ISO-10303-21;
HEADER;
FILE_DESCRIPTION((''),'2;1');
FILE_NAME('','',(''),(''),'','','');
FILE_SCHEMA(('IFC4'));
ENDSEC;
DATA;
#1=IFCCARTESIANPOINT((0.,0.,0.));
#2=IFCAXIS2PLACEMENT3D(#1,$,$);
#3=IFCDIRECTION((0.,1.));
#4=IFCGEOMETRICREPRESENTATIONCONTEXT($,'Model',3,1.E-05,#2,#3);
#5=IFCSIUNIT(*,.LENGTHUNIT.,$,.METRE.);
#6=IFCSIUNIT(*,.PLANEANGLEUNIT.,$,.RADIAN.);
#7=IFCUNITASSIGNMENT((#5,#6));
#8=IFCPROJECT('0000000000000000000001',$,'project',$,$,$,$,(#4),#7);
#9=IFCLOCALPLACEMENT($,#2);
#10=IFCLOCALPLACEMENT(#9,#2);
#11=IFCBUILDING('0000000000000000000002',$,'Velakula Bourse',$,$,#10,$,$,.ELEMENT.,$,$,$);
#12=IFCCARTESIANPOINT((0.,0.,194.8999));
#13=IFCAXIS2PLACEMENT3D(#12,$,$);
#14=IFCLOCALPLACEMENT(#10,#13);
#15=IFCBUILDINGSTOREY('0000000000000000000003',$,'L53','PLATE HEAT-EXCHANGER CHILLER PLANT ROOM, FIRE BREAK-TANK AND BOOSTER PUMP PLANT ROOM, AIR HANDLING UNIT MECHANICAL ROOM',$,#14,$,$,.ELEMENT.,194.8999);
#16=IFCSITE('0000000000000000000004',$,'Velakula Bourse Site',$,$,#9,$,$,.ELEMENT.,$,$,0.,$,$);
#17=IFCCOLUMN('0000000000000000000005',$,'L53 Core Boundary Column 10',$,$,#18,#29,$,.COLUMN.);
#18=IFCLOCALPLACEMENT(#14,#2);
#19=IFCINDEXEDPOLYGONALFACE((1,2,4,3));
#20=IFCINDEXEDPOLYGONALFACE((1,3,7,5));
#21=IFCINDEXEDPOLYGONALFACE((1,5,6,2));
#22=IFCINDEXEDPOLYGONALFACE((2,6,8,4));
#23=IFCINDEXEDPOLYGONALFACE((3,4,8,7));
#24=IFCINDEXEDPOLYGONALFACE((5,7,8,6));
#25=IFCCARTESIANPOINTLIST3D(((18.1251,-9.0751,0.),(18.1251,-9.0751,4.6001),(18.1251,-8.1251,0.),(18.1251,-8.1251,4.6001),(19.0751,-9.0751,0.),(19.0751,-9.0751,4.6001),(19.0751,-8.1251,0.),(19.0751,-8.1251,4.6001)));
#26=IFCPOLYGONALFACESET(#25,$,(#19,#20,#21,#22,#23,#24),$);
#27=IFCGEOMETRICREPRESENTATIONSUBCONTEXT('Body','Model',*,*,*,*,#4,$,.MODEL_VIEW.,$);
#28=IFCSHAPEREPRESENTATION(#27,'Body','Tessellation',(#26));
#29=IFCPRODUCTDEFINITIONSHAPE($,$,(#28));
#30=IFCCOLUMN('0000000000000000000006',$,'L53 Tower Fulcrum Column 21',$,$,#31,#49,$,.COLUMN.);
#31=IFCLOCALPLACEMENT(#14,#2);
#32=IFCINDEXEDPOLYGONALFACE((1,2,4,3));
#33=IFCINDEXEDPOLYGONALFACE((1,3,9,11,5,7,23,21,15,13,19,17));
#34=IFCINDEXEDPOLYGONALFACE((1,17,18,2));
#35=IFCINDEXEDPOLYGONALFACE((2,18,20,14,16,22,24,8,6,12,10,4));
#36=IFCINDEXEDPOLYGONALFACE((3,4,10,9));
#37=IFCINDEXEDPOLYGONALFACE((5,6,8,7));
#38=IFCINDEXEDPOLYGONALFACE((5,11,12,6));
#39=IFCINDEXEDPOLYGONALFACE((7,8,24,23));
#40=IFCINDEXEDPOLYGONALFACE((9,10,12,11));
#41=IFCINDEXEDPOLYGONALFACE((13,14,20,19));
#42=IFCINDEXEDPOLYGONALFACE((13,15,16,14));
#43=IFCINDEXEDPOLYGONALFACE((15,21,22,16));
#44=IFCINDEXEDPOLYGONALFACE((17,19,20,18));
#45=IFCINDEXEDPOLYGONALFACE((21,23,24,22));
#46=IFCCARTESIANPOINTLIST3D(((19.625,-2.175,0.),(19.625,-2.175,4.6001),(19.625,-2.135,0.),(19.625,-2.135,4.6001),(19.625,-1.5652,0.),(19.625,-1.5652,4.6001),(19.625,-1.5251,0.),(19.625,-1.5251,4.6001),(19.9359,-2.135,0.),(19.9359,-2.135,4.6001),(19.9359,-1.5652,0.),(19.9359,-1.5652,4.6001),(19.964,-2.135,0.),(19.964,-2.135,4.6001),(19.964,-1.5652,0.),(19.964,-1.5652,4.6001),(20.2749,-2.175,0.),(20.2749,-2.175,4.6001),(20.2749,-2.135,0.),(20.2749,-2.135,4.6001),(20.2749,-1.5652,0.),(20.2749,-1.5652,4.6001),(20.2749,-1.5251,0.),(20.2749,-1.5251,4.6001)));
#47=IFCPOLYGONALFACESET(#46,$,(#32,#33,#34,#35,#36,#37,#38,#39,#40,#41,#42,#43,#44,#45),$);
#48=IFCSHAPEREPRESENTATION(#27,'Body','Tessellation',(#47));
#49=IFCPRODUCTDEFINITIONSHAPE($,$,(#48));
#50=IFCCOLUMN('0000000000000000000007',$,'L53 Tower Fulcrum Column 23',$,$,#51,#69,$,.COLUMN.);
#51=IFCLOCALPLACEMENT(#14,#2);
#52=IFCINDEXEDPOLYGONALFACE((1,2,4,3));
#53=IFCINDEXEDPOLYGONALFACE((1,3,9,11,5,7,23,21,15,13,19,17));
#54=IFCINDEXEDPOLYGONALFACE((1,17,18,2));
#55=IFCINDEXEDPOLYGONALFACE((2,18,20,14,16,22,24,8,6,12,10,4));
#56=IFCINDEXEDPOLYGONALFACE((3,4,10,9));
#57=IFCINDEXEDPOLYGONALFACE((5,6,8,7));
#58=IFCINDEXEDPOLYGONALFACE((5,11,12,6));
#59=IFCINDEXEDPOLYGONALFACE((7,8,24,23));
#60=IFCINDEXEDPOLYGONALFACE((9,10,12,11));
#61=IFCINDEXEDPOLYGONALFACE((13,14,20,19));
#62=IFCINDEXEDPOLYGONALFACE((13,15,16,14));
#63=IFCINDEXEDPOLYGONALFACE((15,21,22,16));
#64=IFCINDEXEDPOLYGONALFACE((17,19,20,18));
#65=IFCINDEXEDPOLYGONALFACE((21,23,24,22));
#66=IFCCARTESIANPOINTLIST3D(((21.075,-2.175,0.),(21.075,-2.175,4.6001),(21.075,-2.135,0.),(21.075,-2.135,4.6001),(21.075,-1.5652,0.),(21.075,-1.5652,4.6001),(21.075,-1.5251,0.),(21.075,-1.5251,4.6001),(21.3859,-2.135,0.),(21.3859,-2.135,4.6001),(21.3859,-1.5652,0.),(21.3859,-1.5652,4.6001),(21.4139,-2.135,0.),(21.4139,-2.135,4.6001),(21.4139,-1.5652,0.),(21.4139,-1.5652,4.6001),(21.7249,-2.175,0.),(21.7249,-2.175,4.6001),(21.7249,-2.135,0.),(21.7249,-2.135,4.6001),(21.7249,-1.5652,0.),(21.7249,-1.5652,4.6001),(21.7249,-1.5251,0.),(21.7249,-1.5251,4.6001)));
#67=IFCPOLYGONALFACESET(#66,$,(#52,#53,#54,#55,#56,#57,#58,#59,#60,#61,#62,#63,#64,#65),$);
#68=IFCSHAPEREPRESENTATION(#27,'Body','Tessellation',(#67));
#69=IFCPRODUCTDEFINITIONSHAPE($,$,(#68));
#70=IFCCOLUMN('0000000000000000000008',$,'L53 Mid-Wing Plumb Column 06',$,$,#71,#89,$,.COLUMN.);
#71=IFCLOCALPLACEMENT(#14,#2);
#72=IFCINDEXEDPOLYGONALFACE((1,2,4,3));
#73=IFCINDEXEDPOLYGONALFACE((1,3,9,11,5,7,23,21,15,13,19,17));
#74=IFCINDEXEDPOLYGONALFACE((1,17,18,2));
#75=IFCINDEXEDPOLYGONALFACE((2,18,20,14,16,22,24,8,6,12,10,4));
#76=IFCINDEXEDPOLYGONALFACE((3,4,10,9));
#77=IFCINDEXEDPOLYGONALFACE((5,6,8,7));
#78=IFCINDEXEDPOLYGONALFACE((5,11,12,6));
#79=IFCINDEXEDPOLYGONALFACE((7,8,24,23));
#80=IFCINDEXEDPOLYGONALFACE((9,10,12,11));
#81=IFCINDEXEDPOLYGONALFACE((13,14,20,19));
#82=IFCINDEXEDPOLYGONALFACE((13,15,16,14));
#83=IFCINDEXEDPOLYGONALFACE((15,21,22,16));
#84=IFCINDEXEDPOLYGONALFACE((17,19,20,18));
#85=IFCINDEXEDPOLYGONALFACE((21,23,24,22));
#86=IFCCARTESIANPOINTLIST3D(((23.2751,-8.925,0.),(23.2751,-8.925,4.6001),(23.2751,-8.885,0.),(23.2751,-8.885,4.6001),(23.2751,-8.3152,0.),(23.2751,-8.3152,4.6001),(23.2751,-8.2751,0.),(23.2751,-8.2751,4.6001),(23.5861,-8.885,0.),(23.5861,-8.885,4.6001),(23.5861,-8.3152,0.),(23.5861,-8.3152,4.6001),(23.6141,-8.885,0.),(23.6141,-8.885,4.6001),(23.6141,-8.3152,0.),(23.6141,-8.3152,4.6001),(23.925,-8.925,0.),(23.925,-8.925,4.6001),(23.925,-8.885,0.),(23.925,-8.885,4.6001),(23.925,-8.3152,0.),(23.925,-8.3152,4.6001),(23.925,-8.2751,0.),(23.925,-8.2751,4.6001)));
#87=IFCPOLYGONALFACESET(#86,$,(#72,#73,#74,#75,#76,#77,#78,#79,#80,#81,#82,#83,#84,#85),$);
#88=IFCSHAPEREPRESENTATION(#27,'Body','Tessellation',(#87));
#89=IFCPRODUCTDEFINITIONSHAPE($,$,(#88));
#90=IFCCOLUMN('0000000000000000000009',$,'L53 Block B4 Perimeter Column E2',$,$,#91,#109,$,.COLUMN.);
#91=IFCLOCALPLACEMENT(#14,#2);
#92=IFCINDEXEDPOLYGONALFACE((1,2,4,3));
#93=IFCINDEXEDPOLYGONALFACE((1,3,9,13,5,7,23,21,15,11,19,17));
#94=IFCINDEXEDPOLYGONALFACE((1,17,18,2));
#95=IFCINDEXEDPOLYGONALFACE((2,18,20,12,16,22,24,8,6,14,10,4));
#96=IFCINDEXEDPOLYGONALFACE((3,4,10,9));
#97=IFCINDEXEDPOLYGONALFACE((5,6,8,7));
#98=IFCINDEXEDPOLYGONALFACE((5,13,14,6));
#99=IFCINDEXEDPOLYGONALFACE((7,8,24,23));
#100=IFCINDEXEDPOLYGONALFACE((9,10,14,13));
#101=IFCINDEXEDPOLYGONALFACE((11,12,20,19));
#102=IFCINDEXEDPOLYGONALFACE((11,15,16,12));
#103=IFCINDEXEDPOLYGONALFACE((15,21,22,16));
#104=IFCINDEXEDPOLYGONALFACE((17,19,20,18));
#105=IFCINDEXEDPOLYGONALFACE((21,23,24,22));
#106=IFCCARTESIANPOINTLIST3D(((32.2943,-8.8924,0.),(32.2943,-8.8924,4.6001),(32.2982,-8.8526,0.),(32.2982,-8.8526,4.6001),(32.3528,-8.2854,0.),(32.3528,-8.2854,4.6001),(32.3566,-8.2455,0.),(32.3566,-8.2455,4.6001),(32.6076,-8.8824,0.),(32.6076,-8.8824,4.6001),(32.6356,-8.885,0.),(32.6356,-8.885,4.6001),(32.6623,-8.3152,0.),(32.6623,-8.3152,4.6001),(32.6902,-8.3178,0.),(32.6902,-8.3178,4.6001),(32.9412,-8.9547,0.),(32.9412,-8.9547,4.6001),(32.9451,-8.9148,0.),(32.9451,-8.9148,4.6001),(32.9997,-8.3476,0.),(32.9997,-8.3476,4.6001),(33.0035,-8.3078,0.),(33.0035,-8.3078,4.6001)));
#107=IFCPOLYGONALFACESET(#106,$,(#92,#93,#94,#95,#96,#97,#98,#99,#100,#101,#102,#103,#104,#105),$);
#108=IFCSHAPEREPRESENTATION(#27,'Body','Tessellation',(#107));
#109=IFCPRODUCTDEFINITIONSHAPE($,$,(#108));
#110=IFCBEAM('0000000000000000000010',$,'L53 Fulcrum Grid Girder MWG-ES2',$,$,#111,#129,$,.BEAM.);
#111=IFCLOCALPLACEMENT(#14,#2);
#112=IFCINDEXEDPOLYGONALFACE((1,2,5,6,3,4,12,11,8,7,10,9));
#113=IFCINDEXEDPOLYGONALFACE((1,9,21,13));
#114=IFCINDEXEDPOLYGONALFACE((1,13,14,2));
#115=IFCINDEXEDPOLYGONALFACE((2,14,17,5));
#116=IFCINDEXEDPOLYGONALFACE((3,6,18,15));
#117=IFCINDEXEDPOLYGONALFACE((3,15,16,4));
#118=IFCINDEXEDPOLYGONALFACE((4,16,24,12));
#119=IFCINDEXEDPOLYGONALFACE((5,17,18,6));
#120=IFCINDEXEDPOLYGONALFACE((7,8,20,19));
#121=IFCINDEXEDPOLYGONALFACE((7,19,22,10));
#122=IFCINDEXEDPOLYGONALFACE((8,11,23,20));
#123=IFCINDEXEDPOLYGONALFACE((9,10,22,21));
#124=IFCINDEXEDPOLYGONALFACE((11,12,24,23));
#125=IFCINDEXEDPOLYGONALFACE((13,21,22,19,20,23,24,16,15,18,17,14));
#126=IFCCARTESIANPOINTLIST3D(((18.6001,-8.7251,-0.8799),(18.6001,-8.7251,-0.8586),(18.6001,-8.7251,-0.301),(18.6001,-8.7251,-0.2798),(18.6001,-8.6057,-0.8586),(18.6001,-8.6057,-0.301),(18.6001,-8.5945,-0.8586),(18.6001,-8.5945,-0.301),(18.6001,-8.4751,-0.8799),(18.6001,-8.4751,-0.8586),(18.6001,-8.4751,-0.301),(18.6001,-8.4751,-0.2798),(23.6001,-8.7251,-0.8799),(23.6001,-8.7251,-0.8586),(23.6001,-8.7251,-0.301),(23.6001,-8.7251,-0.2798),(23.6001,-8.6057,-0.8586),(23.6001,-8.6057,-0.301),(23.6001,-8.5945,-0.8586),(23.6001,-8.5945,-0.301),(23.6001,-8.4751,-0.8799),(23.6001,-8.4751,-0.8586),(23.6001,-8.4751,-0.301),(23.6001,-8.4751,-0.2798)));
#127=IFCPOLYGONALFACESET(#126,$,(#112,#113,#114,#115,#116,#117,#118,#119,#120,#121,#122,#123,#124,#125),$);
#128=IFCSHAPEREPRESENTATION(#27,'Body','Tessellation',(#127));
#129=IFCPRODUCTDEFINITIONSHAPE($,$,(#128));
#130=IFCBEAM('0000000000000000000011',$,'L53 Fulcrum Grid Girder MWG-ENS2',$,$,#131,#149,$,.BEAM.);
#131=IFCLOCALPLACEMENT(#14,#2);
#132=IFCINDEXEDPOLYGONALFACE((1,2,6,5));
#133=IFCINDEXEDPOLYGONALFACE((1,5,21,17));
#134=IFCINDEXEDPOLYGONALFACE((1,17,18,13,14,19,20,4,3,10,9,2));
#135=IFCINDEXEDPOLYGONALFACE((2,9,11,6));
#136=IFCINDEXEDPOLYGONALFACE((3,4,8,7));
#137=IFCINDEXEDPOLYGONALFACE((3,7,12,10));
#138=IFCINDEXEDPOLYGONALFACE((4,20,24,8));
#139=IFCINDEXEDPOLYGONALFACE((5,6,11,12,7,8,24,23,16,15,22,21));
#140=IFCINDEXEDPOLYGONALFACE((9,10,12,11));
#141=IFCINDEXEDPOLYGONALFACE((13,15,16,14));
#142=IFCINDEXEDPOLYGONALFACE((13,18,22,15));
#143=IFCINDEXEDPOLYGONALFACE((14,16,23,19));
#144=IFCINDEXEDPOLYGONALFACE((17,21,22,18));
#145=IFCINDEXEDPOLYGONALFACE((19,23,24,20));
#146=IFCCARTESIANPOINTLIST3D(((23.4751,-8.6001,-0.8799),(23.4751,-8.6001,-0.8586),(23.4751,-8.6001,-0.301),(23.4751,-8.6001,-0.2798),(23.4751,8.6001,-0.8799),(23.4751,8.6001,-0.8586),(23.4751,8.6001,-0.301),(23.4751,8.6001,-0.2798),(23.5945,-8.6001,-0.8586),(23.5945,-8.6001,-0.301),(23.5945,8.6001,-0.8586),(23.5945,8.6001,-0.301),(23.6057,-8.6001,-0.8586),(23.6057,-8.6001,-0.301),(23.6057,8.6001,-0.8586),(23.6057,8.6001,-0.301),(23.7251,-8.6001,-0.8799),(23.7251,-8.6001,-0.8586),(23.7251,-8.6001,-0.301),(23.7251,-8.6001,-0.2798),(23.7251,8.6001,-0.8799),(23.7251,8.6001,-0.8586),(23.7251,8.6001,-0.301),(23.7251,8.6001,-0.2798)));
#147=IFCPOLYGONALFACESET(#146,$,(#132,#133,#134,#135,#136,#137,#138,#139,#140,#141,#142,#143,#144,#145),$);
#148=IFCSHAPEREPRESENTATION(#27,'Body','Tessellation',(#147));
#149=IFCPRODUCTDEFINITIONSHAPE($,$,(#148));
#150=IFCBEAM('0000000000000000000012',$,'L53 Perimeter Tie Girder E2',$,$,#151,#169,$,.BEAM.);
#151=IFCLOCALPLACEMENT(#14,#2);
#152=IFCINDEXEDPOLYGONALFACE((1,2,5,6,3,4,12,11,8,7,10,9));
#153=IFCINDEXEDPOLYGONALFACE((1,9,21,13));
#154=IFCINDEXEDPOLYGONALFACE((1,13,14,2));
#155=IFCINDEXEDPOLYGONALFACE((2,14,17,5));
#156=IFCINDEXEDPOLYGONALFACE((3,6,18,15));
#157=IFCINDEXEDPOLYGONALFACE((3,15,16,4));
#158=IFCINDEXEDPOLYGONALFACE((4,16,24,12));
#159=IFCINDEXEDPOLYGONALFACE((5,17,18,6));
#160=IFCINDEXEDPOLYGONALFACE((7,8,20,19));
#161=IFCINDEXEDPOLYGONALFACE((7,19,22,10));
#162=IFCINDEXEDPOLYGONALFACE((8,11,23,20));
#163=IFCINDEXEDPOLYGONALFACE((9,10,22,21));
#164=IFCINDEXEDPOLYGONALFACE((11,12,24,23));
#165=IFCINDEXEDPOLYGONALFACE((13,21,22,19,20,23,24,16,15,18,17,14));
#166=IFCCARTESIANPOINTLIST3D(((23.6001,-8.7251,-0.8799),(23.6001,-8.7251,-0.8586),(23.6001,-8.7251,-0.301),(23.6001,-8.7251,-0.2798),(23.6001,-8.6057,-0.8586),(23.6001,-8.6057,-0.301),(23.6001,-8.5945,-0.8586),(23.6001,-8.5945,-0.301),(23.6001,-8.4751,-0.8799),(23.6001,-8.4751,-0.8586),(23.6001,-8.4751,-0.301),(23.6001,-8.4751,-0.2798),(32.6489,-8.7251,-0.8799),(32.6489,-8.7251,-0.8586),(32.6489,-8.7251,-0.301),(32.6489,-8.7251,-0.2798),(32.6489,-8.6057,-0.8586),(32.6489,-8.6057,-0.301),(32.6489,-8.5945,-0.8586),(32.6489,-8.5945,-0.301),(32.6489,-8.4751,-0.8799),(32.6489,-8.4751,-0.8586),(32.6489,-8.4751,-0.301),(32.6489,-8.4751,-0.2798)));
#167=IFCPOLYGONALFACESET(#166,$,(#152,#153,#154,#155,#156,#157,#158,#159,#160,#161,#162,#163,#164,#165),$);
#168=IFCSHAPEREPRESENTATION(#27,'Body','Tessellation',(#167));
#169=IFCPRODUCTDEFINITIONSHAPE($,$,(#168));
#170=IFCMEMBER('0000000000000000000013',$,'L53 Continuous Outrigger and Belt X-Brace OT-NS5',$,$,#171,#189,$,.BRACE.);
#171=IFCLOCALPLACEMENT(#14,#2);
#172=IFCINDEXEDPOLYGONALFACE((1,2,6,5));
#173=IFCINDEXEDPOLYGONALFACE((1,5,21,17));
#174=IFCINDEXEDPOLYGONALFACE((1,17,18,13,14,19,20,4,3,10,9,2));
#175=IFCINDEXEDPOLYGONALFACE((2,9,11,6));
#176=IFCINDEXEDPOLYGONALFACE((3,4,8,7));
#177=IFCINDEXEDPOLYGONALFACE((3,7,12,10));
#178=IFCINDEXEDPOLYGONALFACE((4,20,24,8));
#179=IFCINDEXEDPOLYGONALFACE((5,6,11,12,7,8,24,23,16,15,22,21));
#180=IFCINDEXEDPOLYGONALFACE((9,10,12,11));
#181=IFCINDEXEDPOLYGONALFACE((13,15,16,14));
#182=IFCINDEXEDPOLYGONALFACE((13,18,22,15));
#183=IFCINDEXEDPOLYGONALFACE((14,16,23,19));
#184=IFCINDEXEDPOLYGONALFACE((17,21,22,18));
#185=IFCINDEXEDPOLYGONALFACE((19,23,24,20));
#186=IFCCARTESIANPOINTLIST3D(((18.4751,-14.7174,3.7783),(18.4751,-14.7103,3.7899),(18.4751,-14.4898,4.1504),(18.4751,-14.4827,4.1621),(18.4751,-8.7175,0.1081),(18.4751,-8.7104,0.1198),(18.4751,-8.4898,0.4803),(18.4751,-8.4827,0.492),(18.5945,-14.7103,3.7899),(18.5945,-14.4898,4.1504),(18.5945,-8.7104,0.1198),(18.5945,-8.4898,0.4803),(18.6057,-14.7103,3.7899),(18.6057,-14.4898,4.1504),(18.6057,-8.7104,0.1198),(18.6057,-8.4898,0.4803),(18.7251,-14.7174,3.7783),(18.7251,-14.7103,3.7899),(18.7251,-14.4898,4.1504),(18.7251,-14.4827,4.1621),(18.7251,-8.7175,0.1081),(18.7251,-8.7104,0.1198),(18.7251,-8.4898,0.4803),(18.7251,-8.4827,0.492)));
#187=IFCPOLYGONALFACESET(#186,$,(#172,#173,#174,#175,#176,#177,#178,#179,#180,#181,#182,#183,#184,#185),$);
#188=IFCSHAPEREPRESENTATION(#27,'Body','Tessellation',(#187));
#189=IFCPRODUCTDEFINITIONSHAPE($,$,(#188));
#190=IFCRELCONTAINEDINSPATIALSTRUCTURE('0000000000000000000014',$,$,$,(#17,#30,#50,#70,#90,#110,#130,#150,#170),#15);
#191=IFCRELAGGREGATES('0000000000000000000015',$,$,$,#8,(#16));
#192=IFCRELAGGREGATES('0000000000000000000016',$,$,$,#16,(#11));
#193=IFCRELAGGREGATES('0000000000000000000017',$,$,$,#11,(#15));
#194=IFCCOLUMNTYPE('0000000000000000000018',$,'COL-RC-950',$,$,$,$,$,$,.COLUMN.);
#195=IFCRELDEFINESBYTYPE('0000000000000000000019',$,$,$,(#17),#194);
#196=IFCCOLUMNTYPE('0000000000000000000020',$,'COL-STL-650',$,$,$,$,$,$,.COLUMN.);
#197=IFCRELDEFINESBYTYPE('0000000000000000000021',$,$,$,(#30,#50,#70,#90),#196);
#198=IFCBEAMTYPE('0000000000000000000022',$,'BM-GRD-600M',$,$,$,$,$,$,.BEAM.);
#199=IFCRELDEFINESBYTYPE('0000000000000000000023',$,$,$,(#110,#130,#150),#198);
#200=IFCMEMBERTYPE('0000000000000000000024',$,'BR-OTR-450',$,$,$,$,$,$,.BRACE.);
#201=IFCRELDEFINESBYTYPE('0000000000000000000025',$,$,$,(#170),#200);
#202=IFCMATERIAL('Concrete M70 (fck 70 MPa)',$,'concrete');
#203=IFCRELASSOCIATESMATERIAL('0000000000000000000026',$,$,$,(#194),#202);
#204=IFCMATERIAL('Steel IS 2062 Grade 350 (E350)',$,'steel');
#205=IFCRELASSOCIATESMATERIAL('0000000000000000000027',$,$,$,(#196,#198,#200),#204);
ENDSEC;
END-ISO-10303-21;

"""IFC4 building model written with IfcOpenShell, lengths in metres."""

from ifc_helpers import new_model, si_unit, direction, frame, origin, origin_2d, place, context, subcontext, project, spatial, rectangle, i_section, extrude, material, material_profile, profile_set, type_object, element, save


model = new_model("IFC4")

# Units and contexts
model_context = context("Model", 3, precision=1e-05, world=origin(), true_north=direction((0.0, 1.0)))
body_context = subcontext(model_context, "Body", "Model", "MODEL_VIEW")
ifc_project = project(units=[si_unit("LENGTHUNIT", "METRE"), si_unit("PLANEANGLEUNIT", "RADIAN")], contexts=[model_context])

# Site, building, storey
site_placement = place(None, origin())
site = spatial("IfcSite", under=ifc_project, at=site_placement, Name="Velakula Bourse Site", CompositionType="ELEMENT", RefElevation=0.0)
building_placement = place(site_placement, origin())
building = spatial("IfcBuilding", under=site, at=building_placement, Name="Velakula Bourse", CompositionType="ELEMENT")
storey_placement = place(building_placement, frame((0.0, 0.0, 194.8999)))
storey = spatial("IfcBuildingStorey", under=building, at=storey_placement, Name="L53", Description="PLATE HEAT-EXCHANGER CHILLER PLANT ROOM, FIRE BREAK-TANK AND BOOSTER PUMP PLANT ROOM, AIR HANDLING UNIT MECHANICAL ROOM", CompositionType="ELEMENT", Elevation=194.8999)

# Columns
ifc_material_1 = material(Name="Concrete M70 (fck 70 MPa)", Category="concrete")
ifc_material_profile_1 = material_profile(ifc_material_1, rectangle(XDim=0.95, YDim=0.95, at=origin_2d()), Name="Concrete M70 (fck 70 MPa)")
ifc_profile_set_1 = profile_set([ifc_material_profile_1], Name="Concrete M70 (fck 70 MPa)")
column_type_1 = type_object("IfcColumnType", Name="COL-RC-950", PredefinedType="COLUMN", material=ifc_profile_set_1)
column_placement = place(storey_placement, frame((18.6001, -8.6001, 0.0), z_axis=(0.0, 0.0, 1.0), x_axis=(1.0, 0.0, 0.0)))
element("IfcColumn", 1, at=column_placement, inside=storey, type_object=column_type_1, Name="L53 Core Boundary Column 10", PredefinedType="COLUMN", context=body_context, shape_type="SweptSolid", body=[
    extrude(rectangle(XDim=0.95, YDim=0.95, at=origin_2d()), origin(), (0.0, 0.0, 1.0), 4.6001),
])
ifc_material_2 = material(Name="Steel IS 2062 Grade 350 (E350)", Category="steel")
ifc_material_profile_2 = material_profile(ifc_material_2, i_section(OverallWidth=0.6499, OverallDepth=0.6499, WebThickness=0.0281, FlangeThickness=0.04, at=origin_2d()), Name="Steel IS 2062 Grade 350 (E350)")
ifc_profile_set_2 = profile_set([ifc_material_profile_2], Name="Steel IS 2062 Grade 350 (E350)")
column_type_2 = type_object("IfcColumnType", Name="COL-STL-650", PredefinedType="COLUMN", material=ifc_profile_set_2)
for number, where, z_axis, x_axis, name in (
    (2, (19.95, -1.8501, 0.0), (0.0, 0.0, 1.0), (1.0, 0.0, 0.0), "L53 Tower Fulcrum Column 21"),
    (3, (21.3999, -1.8501, 0.0), (0.0, 0.0, 1.0), (1.0, 0.0, 0.0), "L53 Tower Fulcrum Column 23"),
    (4, (23.6001, -8.6001, 0.0), (0.0, 0.0, 1.0), (1.0, 0.0, 0.0), "L53 Mid-Wing Plumb Column 06"),
    (5, (32.6489, -8.6001, 0.0), (0.0, 0.0, 1.0), (0.995396, -0.095846, 0.0), "L53 Block B4 Perimeter Column E2"),
):
    element("IfcColumn", number, at=place(storey_placement, frame(where, z_axis=z_axis, x_axis=x_axis)), inside=storey, type_object=column_type_2, Name=name, PredefinedType="COLUMN", context=body_context, shape_type="SweptSolid", body=[
        extrude(i_section(OverallWidth=0.6499, OverallDepth=0.6499, WebThickness=0.0281, FlangeThickness=0.04, at=origin_2d()), origin(), (0.0, 0.0, 1.0), 4.6001),
    ])

# Beams
ifc_material_profile_3 = material_profile(ifc_material_2, i_section(OverallWidth=0.25, OverallDepth=0.6001, WebThickness=0.0112, FlangeThickness=0.0212, at=origin_2d()), Name="Steel IS 2062 Grade 350 (E350)")
ifc_profile_set_3 = profile_set([ifc_material_profile_3], Name="Steel IS 2062 Grade 350 (E350)")
beam_type_1 = type_object("IfcBeamType", Name="BM-GRD-600M", PredefinedType="BEAM", material=ifc_profile_set_3)
beam_1_placement = place(storey_placement, frame((18.6001, -8.6001, -0.5798), z_axis=(1.0, 0.0, 0.0), x_axis=(0.0, 1.0, 0.0)))
element("IfcBeam", 6, at=beam_1_placement, inside=storey, type_object=beam_type_1, Name="L53 Fulcrum Grid Girder MWG-ES2", PredefinedType="BEAM", context=body_context, shape_type="SweptSolid", body=[
    extrude(i_section(OverallWidth=0.25, OverallDepth=0.6001, WebThickness=0.0112, FlangeThickness=0.0212, at=origin_2d()), origin(), (0.0, 0.0, 1.0), 5.0),
])
beam_2_placement = place(storey_placement, frame((23.6001, -8.6001, -0.5798), z_axis=(0.0, 1.0, 0.0), x_axis=(-1.0, 0.0, 0.0)))
element("IfcBeam", 7, at=beam_2_placement, inside=storey, type_object=beam_type_1, Name="L53 Fulcrum Grid Girder MWG-ENS2", PredefinedType="BEAM", context=body_context, shape_type="SweptSolid", body=[
    extrude(i_section(OverallWidth=0.25, OverallDepth=0.6001, WebThickness=0.0112, FlangeThickness=0.0212, at=origin_2d()), origin(), (0.0, 0.0, 1.0), 17.2002),
])
beam_3_placement = place(storey_placement, frame((23.6001, -8.6001, -0.5798), z_axis=(1.0, 0.0, 0.0), x_axis=(0.0, 1.0, 0.0)))
element("IfcBeam", 8, at=beam_3_placement, inside=storey, type_object=beam_type_1, Name="L53 Perimeter Tie Girder E2", PredefinedType="BEAM", context=body_context, shape_type="SweptSolid", body=[
    extrude(i_section(OverallWidth=0.25, OverallDepth=0.6001, WebThickness=0.0112, FlangeThickness=0.0212, at=origin_2d()), origin(), (0.0, 0.0, 1.0), 9.0488),
])

# Member
ifc_material_profile_4 = material_profile(ifc_material_2, i_section(OverallWidth=0.25, OverallDepth=0.45, WebThickness=0.0112, FlangeThickness=0.0137, at=origin_2d()), Name="Steel IS 2062 Grade 350 (E350)")
ifc_profile_set_4 = profile_set([ifc_material_profile_4], Name="Steel IS 2062 Grade 350 (E350)")
member_type = type_object("IfcMemberType", Name="BR-OTR-450", PredefinedType="BRACE", material=ifc_profile_set_4)
member_1_placement = place(storey_placement, frame((18.6001, -8.6001, 0.3), z_axis=(0.0, -0.85306, 0.521812), x_axis=(1.0, 0.0, 0.0)))
element("IfcMember", 9, at=member_1_placement, inside=storey, type_object=member_type, Name="L53 Continuous Outrigger and Belt X-Brace OT-NS5", PredefinedType="BRACE", context=body_context, shape_type="SweptSolid", body=[
    extrude(i_section(OverallWidth=0.25, OverallDepth=0.45, WebThickness=0.0112, FlangeThickness=0.0137, at=origin_2d()), origin(), (0.0, 0.0, 1.0), 7.0334),
])

save(model, "model.ifc")
